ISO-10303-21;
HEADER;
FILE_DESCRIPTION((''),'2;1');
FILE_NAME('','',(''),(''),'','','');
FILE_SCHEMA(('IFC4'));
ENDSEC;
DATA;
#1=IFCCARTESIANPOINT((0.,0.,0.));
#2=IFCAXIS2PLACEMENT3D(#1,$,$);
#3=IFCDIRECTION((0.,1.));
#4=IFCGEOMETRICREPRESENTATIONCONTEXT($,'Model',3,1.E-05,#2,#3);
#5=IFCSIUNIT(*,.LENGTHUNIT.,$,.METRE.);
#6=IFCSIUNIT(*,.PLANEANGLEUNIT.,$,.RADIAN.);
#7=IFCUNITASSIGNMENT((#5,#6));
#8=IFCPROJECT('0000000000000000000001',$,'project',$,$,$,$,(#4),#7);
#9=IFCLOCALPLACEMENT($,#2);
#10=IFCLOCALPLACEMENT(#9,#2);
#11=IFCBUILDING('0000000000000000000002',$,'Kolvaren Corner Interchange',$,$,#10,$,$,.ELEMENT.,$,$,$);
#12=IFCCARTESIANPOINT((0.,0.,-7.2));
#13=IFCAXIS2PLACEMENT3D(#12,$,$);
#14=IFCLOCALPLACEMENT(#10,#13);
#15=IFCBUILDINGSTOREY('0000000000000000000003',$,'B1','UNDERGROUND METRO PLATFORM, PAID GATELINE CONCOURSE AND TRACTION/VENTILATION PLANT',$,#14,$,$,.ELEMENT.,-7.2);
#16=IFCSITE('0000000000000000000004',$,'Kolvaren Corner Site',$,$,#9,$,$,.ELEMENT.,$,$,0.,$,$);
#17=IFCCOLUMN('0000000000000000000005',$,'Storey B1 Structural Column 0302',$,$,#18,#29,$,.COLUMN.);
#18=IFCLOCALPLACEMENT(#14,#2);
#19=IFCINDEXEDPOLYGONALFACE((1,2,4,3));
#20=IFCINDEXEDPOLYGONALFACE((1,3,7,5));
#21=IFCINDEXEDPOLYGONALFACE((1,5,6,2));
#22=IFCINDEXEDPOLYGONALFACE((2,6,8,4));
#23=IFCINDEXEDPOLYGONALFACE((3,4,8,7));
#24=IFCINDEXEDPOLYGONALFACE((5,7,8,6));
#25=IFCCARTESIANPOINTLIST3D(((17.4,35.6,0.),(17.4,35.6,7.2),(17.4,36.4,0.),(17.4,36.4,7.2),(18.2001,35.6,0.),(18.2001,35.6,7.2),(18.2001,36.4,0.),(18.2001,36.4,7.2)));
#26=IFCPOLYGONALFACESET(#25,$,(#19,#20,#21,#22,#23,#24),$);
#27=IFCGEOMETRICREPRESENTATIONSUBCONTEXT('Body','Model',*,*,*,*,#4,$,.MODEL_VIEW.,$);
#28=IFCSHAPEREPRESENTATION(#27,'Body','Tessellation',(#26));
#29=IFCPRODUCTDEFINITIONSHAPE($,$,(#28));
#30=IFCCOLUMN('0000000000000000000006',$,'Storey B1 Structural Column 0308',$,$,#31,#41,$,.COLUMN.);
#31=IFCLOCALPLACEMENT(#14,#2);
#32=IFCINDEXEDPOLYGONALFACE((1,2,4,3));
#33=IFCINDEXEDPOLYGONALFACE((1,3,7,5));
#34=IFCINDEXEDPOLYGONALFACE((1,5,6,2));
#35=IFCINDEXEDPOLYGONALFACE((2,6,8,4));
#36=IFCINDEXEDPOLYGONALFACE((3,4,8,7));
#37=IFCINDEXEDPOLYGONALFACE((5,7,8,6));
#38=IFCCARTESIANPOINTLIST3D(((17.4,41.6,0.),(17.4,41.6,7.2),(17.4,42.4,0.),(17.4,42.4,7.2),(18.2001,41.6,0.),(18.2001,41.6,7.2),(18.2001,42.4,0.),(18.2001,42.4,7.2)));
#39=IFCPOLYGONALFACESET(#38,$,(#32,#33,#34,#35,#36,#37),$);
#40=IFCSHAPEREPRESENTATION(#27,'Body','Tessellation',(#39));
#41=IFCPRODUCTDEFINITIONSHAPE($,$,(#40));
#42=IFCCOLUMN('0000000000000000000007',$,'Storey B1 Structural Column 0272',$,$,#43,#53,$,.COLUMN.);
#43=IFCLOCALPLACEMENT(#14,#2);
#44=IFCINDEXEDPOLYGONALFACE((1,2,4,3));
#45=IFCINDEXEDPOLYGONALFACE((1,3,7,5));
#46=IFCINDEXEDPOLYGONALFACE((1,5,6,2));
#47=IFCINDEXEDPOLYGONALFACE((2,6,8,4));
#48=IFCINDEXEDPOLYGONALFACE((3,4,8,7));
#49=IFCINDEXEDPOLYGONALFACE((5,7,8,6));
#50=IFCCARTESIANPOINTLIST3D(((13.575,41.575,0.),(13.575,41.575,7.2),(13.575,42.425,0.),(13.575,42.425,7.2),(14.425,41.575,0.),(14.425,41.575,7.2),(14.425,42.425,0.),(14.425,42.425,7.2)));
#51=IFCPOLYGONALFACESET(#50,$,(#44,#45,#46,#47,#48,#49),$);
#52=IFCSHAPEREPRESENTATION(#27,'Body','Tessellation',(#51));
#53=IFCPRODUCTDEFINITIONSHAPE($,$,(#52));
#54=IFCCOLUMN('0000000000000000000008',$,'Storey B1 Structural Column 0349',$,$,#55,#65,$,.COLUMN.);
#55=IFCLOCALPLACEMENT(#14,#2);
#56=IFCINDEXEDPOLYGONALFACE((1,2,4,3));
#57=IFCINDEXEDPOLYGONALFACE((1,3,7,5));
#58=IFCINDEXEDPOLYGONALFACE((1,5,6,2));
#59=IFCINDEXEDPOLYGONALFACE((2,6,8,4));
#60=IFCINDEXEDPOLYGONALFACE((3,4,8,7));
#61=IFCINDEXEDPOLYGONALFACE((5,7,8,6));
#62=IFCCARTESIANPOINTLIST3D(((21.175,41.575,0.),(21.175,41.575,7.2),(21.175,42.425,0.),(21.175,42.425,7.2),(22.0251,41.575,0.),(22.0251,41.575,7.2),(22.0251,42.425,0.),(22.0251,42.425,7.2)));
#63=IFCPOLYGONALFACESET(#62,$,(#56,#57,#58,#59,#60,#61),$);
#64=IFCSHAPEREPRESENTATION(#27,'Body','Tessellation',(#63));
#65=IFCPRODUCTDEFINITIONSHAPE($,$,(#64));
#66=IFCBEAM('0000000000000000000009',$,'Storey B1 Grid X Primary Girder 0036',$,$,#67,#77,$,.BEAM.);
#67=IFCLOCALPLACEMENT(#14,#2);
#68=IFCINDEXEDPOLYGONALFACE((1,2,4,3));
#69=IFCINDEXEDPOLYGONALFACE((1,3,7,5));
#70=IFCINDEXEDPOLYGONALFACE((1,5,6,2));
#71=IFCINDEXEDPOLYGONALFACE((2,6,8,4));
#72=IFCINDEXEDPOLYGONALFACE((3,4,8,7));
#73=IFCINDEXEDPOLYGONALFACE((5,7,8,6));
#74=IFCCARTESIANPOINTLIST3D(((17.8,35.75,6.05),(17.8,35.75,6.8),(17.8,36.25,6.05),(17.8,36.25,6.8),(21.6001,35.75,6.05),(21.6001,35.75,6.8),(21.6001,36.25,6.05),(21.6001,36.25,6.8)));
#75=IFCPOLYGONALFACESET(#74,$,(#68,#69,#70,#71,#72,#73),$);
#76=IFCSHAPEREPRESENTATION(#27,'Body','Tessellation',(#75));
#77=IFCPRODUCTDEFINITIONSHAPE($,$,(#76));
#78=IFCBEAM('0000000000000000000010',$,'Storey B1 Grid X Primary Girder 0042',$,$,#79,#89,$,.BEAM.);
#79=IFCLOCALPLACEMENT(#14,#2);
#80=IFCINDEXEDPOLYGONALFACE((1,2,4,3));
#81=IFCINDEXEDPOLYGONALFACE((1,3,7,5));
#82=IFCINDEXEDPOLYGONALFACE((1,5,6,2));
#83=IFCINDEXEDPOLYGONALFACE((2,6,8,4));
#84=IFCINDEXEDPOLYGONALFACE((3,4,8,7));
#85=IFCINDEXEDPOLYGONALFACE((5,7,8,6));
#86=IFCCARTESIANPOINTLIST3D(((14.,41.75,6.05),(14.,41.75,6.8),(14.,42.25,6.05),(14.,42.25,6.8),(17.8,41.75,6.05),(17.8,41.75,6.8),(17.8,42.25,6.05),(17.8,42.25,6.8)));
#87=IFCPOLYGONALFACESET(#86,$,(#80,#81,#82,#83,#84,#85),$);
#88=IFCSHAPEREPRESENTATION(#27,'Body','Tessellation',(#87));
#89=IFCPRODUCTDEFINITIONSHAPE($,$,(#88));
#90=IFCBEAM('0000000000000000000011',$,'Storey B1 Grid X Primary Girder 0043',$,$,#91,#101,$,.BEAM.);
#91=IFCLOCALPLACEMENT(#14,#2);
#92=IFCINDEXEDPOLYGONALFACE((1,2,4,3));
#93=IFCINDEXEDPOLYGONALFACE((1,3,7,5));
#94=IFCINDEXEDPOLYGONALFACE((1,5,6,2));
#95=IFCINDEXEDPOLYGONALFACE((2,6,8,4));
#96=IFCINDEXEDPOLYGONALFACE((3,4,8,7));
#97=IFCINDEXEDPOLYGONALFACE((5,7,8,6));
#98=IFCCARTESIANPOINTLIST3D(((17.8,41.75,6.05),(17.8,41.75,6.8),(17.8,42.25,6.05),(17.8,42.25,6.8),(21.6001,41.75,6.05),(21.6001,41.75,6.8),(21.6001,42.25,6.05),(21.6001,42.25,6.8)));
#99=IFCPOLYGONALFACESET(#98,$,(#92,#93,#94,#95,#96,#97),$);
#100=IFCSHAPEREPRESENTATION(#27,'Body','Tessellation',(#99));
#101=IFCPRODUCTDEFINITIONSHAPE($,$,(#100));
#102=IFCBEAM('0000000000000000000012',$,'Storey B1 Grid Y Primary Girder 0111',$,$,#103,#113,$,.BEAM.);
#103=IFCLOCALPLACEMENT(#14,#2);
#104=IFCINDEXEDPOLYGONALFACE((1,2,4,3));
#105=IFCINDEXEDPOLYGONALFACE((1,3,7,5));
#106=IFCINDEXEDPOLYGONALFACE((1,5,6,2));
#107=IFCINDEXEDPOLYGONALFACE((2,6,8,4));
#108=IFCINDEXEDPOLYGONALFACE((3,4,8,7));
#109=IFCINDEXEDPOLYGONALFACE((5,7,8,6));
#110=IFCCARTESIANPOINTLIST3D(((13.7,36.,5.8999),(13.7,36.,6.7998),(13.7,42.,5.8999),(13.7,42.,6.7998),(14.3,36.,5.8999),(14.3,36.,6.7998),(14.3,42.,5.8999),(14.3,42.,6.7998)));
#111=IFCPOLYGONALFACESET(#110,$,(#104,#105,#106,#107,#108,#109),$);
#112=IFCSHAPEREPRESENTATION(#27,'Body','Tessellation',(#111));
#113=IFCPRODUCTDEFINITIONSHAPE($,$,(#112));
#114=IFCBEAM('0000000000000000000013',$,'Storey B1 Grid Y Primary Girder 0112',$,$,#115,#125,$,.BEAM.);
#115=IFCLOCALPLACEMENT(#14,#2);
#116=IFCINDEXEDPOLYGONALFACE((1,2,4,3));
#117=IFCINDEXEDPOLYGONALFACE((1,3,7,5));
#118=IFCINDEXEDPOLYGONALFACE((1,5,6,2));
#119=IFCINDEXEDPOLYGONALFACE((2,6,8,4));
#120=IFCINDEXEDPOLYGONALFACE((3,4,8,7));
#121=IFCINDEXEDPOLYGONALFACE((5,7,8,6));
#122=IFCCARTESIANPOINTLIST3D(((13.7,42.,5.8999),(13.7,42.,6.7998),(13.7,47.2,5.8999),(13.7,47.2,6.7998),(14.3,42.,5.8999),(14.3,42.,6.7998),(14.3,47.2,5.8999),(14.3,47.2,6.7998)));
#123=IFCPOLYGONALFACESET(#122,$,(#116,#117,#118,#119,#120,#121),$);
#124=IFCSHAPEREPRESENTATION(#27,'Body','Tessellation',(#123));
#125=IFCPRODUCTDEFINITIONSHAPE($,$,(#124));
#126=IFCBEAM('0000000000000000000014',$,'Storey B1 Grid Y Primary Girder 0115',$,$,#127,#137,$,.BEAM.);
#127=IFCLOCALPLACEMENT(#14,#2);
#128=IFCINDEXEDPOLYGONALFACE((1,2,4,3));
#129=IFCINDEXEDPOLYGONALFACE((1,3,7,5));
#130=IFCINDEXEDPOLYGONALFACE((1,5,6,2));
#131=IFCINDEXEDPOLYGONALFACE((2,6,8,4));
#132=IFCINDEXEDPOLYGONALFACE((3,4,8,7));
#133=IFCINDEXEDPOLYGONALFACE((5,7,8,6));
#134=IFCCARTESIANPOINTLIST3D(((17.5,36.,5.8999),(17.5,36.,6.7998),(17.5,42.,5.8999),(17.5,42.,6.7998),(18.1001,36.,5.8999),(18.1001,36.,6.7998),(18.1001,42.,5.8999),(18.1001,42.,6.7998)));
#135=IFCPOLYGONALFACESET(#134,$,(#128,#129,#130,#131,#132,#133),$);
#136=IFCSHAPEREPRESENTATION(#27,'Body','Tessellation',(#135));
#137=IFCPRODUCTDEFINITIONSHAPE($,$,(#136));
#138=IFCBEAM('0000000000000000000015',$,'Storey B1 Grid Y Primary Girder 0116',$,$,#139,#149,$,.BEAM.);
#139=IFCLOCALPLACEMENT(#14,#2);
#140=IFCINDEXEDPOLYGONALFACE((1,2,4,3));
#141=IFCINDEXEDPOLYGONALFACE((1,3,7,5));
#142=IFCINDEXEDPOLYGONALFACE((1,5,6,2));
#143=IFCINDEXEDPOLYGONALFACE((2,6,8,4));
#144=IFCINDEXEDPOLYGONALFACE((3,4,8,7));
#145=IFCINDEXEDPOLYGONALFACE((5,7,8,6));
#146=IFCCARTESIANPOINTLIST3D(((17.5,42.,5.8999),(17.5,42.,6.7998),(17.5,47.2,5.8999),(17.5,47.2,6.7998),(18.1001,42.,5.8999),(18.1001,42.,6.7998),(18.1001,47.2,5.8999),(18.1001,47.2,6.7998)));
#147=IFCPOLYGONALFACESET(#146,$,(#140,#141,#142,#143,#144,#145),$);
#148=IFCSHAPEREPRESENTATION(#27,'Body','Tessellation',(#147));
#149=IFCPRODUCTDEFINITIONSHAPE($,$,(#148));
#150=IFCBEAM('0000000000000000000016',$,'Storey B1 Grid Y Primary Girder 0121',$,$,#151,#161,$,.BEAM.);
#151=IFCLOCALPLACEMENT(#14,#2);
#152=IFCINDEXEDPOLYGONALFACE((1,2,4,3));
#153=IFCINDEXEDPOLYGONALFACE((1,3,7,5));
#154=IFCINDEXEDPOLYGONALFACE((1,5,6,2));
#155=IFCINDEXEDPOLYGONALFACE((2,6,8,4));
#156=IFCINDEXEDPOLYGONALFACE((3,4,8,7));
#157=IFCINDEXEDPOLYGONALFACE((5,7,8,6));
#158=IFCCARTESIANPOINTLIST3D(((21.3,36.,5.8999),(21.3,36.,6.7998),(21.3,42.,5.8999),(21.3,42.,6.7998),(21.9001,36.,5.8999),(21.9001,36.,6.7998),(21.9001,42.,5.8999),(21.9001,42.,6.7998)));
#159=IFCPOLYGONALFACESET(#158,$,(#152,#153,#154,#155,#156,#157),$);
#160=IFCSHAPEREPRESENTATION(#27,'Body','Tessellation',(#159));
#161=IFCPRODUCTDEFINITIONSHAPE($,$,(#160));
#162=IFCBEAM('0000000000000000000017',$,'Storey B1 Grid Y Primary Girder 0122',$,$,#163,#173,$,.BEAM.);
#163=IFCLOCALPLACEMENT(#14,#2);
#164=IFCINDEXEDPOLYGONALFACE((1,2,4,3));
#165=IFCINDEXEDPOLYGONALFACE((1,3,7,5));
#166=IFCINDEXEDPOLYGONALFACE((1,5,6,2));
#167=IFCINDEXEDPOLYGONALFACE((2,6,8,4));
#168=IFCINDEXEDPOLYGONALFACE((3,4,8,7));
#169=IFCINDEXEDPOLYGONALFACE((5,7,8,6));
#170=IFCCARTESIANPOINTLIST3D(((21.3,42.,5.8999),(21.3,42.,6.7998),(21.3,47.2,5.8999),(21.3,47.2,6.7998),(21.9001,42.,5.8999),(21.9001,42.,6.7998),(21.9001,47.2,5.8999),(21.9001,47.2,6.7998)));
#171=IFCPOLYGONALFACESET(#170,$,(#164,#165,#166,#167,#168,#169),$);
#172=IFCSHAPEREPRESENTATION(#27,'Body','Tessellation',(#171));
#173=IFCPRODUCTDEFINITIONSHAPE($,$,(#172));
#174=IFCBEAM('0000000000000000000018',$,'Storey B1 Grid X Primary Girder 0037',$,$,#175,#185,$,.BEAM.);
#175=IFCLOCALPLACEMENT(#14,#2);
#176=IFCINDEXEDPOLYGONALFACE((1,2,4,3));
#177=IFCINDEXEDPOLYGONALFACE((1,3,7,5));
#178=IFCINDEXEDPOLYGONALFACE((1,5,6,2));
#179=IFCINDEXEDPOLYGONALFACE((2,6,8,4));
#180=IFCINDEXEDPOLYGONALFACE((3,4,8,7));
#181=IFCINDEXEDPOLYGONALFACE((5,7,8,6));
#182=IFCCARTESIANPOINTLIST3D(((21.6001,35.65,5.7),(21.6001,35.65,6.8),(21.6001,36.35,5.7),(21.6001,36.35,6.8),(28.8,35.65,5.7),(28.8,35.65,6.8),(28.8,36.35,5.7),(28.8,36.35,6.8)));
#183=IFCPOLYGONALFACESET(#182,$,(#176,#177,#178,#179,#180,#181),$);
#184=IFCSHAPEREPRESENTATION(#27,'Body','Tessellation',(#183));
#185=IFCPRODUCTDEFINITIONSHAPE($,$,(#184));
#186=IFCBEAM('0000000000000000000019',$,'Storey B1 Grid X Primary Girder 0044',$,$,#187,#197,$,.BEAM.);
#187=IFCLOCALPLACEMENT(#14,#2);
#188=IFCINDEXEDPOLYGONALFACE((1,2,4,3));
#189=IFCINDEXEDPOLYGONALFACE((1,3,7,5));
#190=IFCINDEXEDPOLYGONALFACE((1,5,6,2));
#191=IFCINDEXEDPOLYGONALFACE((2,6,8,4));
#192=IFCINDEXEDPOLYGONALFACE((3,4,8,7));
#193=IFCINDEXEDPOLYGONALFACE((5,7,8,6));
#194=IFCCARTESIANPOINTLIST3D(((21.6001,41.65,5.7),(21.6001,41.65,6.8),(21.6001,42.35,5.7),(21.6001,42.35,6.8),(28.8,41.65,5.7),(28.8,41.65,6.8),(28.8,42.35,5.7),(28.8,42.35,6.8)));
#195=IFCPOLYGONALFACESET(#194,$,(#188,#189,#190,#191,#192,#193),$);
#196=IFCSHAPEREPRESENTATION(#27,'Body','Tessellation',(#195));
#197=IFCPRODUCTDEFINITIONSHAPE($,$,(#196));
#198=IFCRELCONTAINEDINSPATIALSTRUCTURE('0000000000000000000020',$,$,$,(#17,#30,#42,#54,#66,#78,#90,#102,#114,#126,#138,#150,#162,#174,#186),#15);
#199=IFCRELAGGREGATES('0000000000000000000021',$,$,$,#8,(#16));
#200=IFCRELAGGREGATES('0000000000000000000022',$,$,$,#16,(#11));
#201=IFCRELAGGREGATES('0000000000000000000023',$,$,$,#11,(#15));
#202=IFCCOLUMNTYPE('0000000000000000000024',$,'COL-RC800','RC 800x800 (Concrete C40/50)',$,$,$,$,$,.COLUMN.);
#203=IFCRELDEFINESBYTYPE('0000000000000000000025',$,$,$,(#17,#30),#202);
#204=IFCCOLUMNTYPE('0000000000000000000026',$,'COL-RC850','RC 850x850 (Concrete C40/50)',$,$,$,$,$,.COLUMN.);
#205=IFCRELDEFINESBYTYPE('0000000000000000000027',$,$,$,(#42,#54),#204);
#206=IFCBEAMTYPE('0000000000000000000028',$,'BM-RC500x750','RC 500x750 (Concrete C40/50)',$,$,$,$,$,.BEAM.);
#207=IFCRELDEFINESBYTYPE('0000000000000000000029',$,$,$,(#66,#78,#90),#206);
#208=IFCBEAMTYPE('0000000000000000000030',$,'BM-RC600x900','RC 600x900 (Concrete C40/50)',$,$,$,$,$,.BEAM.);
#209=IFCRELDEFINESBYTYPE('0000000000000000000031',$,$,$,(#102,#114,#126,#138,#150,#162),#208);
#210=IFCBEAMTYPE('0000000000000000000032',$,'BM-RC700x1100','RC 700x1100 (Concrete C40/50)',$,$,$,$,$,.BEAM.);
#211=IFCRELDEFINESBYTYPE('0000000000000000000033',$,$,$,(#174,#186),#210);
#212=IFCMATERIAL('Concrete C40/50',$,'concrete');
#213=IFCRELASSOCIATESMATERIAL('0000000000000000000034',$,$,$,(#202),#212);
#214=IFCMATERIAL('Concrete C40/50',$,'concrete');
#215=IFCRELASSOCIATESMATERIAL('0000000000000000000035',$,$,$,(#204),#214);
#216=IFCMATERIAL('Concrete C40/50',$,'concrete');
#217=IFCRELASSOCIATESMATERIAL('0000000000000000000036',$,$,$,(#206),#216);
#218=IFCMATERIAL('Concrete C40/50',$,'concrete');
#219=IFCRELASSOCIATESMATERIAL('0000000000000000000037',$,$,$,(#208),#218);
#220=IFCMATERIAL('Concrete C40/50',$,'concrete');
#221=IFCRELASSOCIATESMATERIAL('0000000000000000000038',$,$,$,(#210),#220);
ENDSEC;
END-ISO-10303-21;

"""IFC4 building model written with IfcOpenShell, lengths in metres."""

from ifc_helpers import new_model, si_unit, direction, frame, origin, origin_2d, place, context, subcontext, project, spatial, rectangle, extrude, material, material_profile, profile_set, type_object, element, save


model = new_model("IFC4")

# Units and contexts
model_context = context("Model", 3, precision=1e-05, world=origin(), true_north=direction((0.0, 1.0)))
body_context = subcontext(model_context, "Body", "Model", "MODEL_VIEW")
ifc_project = project(units=[si_unit("LENGTHUNIT", "METRE"), si_unit("PLANEANGLEUNIT", "RADIAN")], contexts=[model_context])

# Site, building, storey
site_placement = place(None, origin())
site = spatial("IfcSite", under=ifc_project, at=site_placement, Name="Kolvaren Corner Site", CompositionType="ELEMENT", RefElevation=0.0)
building_placement = place(site_placement, origin())
building = spatial("IfcBuilding", under=site, at=building_placement, Name="Kolvaren Corner Interchange", CompositionType="ELEMENT")
storey_placement = place(building_placement, frame((0.0, 0.0, -7.2)))
storey = spatial("IfcBuildingStorey", under=building, at=storey_placement, Name="B1", Description="UNDERGROUND METRO PLATFORM, PAID GATELINE CONCOURSE AND TRACTION/VENTILATION PLANT", CompositionType="ELEMENT", Elevation=-7.2)

# Columns
ifc_material_1 = material(Name="Concrete C40/50", Category="concrete")
ifc_material_profile_1 = material_profile(ifc_material_1, rectangle(XDim=0.8, YDim=0.8, at=origin_2d()), Name="RC 800x800")
ifc_profile_set_1 = profile_set([ifc_material_profile_1], Name="Concrete C40/50")
column_type_1 = type_object("IfcColumnType", Name="COL-RC800", Description="RC 800x800 (Concrete C40/50)", PredefinedType="COLUMN", material=ifc_profile_set_1)
for number, where, z_axis, x_axis, name in (
    (1, (17.8, 36.0, 0.0), (0.0, 0.0, 1.0), (1.0, 0.0, 0.0), "Storey B1 Structural Column 0302"),
    (2, (17.8, 42.0, 0.0), (0.0, 0.0, 1.0), (1.0, 0.0, 0.0), "Storey B1 Structural Column 0308"),
):
    element("IfcColumn", number, at=place(storey_placement, frame(where, z_axis=z_axis, x_axis=x_axis)), inside=storey, type_object=column_type_1, Name=name, PredefinedType="COLUMN", context=body_context, shape_type="SweptSolid", body=[
        extrude(rectangle(XDim=0.8, YDim=0.8, at=origin_2d()), origin(), (0.0, 0.0, 1.0), 7.2),
    ])
ifc_material_2 = material(Name="Concrete C40/50", Category="concrete")
ifc_material_profile_2 = material_profile(ifc_material_2, rectangle(XDim=0.8501, YDim=0.8501, at=origin_2d()), Name="RC 850x850")
ifc_profile_set_2 = profile_set([ifc_material_profile_2], Name="Concrete C40/50")
column_type_2 = type_object("IfcColumnType", Name="COL-RC850", Description="RC 850x850 (Concrete C40/50)", PredefinedType="COLUMN", material=ifc_profile_set_2)
for number, where, z_axis, x_axis, name in (
    (3, (14.0, 42.0, 0.0), (0.0, 0.0, 1.0), (1.0, 0.0, 0.0), "Storey B1 Structural Column 0272"),
    (4, (21.6001, 42.0, 0.0), (0.0, 0.0, 1.0), (1.0, 0.0, 0.0), "Storey B1 Structural Column 0349"),
):
    element("IfcColumn", number, at=place(storey_placement, frame(where, z_axis=z_axis, x_axis=x_axis)), inside=storey, type_object=column_type_2, Name=name, PredefinedType="COLUMN", context=body_context, shape_type="SweptSolid", body=[
        extrude(rectangle(XDim=0.8501, YDim=0.8501, at=origin_2d()), origin(), (0.0, 0.0, 1.0), 7.2),
    ])

# Beams
ifc_material_3 = material(Name="Concrete C40/50", Category="concrete")
ifc_material_profile_3 = material_profile(ifc_material_3, rectangle(XDim=0.5, YDim=0.75, at=origin_2d()), Name="RC 500x750")
ifc_profile_set_3 = profile_set([ifc_material_profile_3], Name="Concrete C40/50")
beam_type_1 = type_object("IfcBeamType", Name="BM-RC500x750", Description="RC 500x750 (Concrete C40/50)", PredefinedType="BEAM", material=ifc_profile_set_3)
for number, where, z_axis, x_axis, name in (
    (5, (17.8, 36.0, 6.425), (1.0, 0.0, 0.0), (0.0, 1.0, 0.0), "Storey B1 Grid X Primary Girder 0036"),
    (6, (14.0, 42.0, 6.425), (1.0, 0.0, 0.0), (0.0, 1.0, 0.0), "Storey B1 Grid X Primary Girder 0042"),
    (7, (17.8, 42.0, 6.425), (1.0, 0.0, 0.0), (0.0, 1.0, 0.0), "Storey B1 Grid X Primary Girder 0043"),
):
    element("IfcBeam", number, at=place(storey_placement, frame(where, z_axis=z_axis, x_axis=x_axis)), inside=storey, type_object=beam_type_1, Name=name, PredefinedType="BEAM", context=body_context, shape_type="SweptSolid", body=[
        extrude(rectangle(XDim=0.5, YDim=0.75, at=origin_2d()), origin(), (0.0, 0.0, 1.0), 3.8),
    ])
ifc_material_4 = material(Name="Concrete C40/50", Category="concrete")
ifc_material_profile_4 = material_profile(ifc_material_4, rectangle(XDim=0.6001, YDim=0.8999, at=origin_2d()), Name="RC 600x900")
ifc_profile_set_4 = profile_set([ifc_material_profile_4], Name="Concrete C40/50")
beam_type_2 = type_object("IfcBeamType", Name="BM-RC600x900", Description="RC 600x900 (Concrete C40/50)", PredefinedType="BEAM", material=ifc_profile_set_4)
beam_1_placement = place(storey_placement, frame((14.0, 36.0, 6.3499), z_axis=(0.0, 1.0, 0.0), x_axis=(-1.0, 0.0, 0.0)))
element("IfcBeam", 8, at=beam_1_placement, inside=storey, type_object=beam_type_2, Name="Storey B1 Grid Y Primary Girder 0111", PredefinedType="BEAM", context=body_context, shape_type="SweptSolid", body=[
    extrude(rectangle(XDim=0.6001, YDim=0.8999, at=origin_2d()), origin(), (0.0, 0.0, 1.0), 6.0),
])
beam_2_placement = place(storey_placement, frame((14.0, 42.0, 6.3499), z_axis=(0.0, 1.0, 0.0), x_axis=(-1.0, 0.0, 0.0)))
element("IfcBeam", 9, at=beam_2_placement, inside=storey, type_object=beam_type_2, Name="Storey B1 Grid Y Primary Girder 0112", PredefinedType="BEAM", context=body_context, shape_type="SweptSolid", body=[
    extrude(rectangle(XDim=0.6001, YDim=0.8999, at=origin_2d()), origin(), (0.0, 0.0, 1.0), 5.2),
])
beam_3_placement = place(storey_placement, frame((17.8, 36.0, 6.3499), z_axis=(0.0, 1.0, 0.0), x_axis=(-1.0, 0.0, 0.0)))
element("IfcBeam", 10, at=beam_3_placement, inside=storey, type_object=beam_type_2, Name="Storey B1 Grid Y Primary Girder 0115", PredefinedType="BEAM", context=body_context, shape_type="SweptSolid", body=[
    extrude(rectangle(XDim=0.6001, YDim=0.8999, at=origin_2d()), origin(), (0.0, 0.0, 1.0), 6.0),
])
beam_4_placement = place(storey_placement, frame((17.8, 42.0, 6.3499), z_axis=(0.0, 1.0, 0.0), x_axis=(-1.0, 0.0, 0.0)))
element("IfcBeam", 11, at=beam_4_placement, inside=storey, type_object=beam_type_2, Name="Storey B1 Grid Y Primary Girder 0116", PredefinedType="BEAM", context=body_context, shape_type="SweptSolid", body=[
    extrude(rectangle(XDim=0.6001, YDim=0.8999, at=origin_2d()), origin(), (0.0, 0.0, 1.0), 5.2),
])
beam_5_placement = place(storey_placement, frame((21.6001, 36.0, 6.3499), z_axis=(0.0, 1.0, 0.0), x_axis=(-1.0, 0.0, 0.0)))
element("IfcBeam", 12, at=beam_5_placement, inside=storey, type_object=beam_type_2, Name="Storey B1 Grid Y Primary Girder 0121", PredefinedType="BEAM", context=body_context, shape_type="SweptSolid", body=[
    extrude(rectangle(XDim=0.6001, YDim=0.8999, at=origin_2d()), origin(), (0.0, 0.0, 1.0), 6.0),
])
beam_6_placement = place(storey_placement, frame((21.6001, 42.0, 6.3499), z_axis=(0.0, 1.0, 0.0), x_axis=(-1.0, 0.0, 0.0)))
element("IfcBeam", 13, at=beam_6_placement, inside=storey, type_object=beam_type_2, Name="Storey B1 Grid Y Primary Girder 0122", PredefinedType="BEAM", context=body_context, shape_type="SweptSolid", body=[
    extrude(rectangle(XDim=0.6001, YDim=0.8999, at=origin_2d()), origin(), (0.0, 0.0, 1.0), 5.2),
])
ifc_material_5 = material(Name="Concrete C40/50", Category="concrete")
ifc_material_profile_5 = material_profile(ifc_material_5, rectangle(XDim=0.7, YDim=1.1001, at=origin_2d()), Name="RC 700x1100")
ifc_profile_set_5 = profile_set([ifc_material_profile_5], Name="Concrete C40/50")
beam_type_3 = type_object("IfcBeamType", Name="BM-RC700x1100", Description="RC 700x1100 (Concrete C40/50)", PredefinedType="BEAM", material=ifc_profile_set_5)
for number, where, z_axis, x_axis, name in (
    (14, (21.6001, 36.0, 6.25), (1.0, 0.0, 0.0), (0.0, 1.0, 0.0), "Storey B1 Grid X Primary Girder 0037"),
    (15, (21.6001, 42.0, 6.25), (1.0, 0.0, 0.0), (0.0, 1.0, 0.0), "Storey B1 Grid X Primary Girder 0044"),
):
    element("IfcBeam", number, at=place(storey_placement, frame(where, z_axis=z_axis, x_axis=x_axis)), inside=storey, type_object=beam_type_3, Name=name, PredefinedType="BEAM", context=body_context, shape_type="SweptSolid", body=[
        extrude(rectangle(XDim=0.7, YDim=1.1001, at=origin_2d()), origin(), (0.0, 0.0, 1.0), 7.2),
    ])

save(model, "model.ifc")
